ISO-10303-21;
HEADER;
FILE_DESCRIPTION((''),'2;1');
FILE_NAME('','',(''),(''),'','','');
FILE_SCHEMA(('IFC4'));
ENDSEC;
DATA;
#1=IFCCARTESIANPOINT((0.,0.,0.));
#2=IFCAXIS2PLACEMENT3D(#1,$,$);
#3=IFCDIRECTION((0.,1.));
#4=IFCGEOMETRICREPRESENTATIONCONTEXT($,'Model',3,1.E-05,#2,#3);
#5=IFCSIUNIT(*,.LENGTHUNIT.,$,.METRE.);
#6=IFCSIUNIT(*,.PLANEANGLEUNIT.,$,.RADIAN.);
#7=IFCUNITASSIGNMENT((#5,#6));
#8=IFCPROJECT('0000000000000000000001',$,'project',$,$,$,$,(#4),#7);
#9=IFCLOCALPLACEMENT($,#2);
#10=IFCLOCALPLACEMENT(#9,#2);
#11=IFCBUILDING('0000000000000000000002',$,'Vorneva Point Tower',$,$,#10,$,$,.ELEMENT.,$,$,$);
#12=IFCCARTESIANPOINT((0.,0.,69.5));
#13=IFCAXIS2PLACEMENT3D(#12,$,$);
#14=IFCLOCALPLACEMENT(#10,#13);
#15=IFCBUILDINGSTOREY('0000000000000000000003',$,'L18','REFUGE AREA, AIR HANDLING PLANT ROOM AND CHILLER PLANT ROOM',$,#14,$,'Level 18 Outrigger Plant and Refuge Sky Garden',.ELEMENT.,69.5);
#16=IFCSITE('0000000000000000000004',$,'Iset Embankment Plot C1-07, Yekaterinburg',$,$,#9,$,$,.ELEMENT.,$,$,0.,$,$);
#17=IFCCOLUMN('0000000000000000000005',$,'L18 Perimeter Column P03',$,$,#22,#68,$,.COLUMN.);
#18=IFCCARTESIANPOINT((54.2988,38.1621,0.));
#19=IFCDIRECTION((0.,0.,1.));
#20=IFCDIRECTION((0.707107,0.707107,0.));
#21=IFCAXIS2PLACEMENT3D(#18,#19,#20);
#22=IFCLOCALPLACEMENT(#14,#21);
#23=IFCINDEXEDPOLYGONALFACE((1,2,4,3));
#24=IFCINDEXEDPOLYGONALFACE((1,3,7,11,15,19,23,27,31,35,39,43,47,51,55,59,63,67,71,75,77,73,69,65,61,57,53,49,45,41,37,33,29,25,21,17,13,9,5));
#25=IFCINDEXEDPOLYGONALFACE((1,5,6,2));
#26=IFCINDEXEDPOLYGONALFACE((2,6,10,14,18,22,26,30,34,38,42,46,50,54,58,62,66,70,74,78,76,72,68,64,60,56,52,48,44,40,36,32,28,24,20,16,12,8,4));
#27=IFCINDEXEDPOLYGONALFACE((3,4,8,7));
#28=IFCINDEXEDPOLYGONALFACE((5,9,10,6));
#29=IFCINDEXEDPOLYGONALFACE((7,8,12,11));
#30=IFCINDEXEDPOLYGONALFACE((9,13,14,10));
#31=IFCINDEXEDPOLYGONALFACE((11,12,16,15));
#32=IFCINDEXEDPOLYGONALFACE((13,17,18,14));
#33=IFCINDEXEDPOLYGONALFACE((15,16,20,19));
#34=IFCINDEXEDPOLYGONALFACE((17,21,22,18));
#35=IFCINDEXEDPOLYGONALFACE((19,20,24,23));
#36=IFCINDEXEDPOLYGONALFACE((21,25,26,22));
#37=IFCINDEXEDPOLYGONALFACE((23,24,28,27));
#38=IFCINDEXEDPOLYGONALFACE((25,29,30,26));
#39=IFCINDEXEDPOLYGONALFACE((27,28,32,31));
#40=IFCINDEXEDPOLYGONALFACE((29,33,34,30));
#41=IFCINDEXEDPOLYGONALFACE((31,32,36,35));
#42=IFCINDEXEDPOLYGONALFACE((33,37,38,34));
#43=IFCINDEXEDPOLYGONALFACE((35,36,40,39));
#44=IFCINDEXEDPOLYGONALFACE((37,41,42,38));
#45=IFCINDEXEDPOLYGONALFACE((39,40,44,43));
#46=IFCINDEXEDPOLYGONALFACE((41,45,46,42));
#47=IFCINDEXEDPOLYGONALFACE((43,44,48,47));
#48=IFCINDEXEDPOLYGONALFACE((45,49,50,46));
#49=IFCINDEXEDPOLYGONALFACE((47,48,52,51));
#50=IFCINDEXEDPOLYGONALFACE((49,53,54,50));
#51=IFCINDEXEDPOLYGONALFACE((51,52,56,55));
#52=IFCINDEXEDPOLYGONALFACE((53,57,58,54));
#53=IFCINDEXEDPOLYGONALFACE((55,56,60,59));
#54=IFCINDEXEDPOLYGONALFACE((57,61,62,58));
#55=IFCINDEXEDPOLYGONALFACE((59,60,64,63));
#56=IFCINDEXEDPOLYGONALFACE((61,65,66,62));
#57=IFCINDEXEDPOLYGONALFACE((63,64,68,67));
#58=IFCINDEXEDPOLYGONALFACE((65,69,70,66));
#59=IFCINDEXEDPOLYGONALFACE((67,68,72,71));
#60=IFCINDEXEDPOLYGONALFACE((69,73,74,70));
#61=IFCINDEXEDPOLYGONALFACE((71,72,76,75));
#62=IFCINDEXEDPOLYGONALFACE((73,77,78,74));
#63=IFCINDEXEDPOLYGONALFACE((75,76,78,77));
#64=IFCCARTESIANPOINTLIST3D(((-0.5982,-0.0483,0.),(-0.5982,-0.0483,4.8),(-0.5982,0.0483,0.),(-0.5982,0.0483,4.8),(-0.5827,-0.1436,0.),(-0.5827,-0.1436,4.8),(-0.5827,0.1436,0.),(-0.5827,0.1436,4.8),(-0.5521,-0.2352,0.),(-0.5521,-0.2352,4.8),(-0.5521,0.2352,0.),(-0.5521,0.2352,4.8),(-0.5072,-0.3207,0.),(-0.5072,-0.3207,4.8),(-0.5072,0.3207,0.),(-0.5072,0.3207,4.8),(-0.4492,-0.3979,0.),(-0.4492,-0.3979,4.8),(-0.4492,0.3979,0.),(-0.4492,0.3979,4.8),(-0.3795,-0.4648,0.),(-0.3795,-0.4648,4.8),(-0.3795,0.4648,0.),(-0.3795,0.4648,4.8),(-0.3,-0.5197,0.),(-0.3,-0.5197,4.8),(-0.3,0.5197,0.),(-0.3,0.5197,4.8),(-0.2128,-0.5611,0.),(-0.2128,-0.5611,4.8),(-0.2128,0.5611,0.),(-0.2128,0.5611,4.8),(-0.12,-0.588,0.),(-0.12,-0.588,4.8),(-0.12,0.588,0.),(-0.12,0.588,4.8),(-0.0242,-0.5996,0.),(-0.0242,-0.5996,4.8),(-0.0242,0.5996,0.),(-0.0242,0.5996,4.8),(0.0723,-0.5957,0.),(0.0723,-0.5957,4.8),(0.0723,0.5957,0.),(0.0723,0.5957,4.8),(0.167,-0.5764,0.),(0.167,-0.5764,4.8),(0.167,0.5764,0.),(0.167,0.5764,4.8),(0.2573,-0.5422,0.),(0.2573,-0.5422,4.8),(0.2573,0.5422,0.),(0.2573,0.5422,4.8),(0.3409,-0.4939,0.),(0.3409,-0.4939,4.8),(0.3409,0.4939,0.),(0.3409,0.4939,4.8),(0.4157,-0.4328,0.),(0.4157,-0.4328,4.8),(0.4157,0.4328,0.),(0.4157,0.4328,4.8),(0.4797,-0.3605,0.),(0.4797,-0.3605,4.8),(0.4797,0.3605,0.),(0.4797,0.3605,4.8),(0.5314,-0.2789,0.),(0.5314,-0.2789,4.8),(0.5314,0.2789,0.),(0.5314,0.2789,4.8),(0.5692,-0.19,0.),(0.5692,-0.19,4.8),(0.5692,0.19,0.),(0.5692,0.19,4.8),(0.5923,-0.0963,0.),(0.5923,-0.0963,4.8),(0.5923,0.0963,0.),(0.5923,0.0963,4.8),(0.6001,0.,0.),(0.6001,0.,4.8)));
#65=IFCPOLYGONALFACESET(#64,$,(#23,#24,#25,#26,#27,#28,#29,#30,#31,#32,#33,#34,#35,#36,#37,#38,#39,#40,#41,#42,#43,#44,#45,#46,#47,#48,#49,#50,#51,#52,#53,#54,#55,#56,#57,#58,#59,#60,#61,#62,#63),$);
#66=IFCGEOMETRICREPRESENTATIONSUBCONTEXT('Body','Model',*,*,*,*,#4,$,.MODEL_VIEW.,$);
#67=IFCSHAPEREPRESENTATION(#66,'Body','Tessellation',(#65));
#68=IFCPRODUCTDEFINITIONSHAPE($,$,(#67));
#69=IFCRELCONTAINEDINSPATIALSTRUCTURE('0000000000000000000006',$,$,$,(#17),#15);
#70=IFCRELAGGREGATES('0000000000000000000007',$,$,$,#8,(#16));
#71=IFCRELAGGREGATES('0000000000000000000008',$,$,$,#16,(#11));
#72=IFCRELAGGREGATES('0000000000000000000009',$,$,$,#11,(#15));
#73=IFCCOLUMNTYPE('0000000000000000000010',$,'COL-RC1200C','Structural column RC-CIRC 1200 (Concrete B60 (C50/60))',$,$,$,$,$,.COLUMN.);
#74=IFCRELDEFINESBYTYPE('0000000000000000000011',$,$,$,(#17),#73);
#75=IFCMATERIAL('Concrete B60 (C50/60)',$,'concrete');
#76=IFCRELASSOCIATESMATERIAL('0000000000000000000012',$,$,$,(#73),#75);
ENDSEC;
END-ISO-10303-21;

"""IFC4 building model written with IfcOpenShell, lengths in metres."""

from ifc_helpers import new_model, si_unit, direction, frame, origin, origin_2d, place, context, subcontext, project, spatial, circle, extrude, material, material_profile, profile_set, type_object, element, save


model = new_model("IFC4")

# Units and contexts
model_context = context("Model", 3, precision=1e-05, world=origin(), true_north=direction((0.0, 1.0)))
body_context = subcontext(model_context, "Body", "Model", "MODEL_VIEW")
ifc_project = project(units=[si_unit("LENGTHUNIT", "METRE"), si_unit("PLANEANGLEUNIT", "RADIAN")], contexts=[model_context])

# Site, building, storey
site_placement = place(None, origin())
site = spatial("IfcSite", under=ifc_project, at=site_placement, Name="Iset Embankment Plot C1-07, Yekaterinburg", CompositionType="ELEMENT", RefElevation=0.0)
building_placement = place(site_placement, origin())
building = spatial("IfcBuilding", under=site, at=building_placement, Name="Vorneva Point Tower", CompositionType="ELEMENT")
storey_placement = place(building_placement, frame((0.0, 0.0, 69.5)))
storey = spatial("IfcBuildingStorey", under=building, at=storey_placement, Name="L18", Description="REFUGE AREA, AIR HANDLING PLANT ROOM AND CHILLER PLANT ROOM", LongName="Level 18 Outrigger Plant and Refuge Sky Garden", CompositionType="ELEMENT", Elevation=69.5)

# Column
ifc_material_1 = material(Name="Concrete B60 (C50/60)", Category="concrete")
ifc_material_profile_1 = material_profile(ifc_material_1, circle(Radius=0.6001, at=origin_2d()), Name="RC-CIRC 1200")
ifc_profile_set_1 = profile_set([ifc_material_profile_1], Name="Concrete B60 (C50/60)")
column_type = type_object("IfcColumnType", Name="COL-RC1200C", Description="Structural column RC-CIRC 1200 (Concrete B60 (C50/60))", PredefinedType="COLUMN", material=ifc_profile_set_1)
column_placement = place(storey_placement, frame((54.2988, 38.1621, 0.0), z_axis=(0.0, 0.0, 1.0), x_axis=(0.707107, 0.707107, 0.0)))
element("IfcColumn", 1, at=column_placement, inside=storey, type_object=column_type, Name="L18 Perimeter Column P03", PredefinedType="COLUMN", context=body_context, shape_type="SweptSolid", body=[
    extrude(circle(Radius=0.6001, at=origin_2d()), origin(), (0.0, 0.0, 1.0), 4.8),
])

save(model, "model.ifc")
